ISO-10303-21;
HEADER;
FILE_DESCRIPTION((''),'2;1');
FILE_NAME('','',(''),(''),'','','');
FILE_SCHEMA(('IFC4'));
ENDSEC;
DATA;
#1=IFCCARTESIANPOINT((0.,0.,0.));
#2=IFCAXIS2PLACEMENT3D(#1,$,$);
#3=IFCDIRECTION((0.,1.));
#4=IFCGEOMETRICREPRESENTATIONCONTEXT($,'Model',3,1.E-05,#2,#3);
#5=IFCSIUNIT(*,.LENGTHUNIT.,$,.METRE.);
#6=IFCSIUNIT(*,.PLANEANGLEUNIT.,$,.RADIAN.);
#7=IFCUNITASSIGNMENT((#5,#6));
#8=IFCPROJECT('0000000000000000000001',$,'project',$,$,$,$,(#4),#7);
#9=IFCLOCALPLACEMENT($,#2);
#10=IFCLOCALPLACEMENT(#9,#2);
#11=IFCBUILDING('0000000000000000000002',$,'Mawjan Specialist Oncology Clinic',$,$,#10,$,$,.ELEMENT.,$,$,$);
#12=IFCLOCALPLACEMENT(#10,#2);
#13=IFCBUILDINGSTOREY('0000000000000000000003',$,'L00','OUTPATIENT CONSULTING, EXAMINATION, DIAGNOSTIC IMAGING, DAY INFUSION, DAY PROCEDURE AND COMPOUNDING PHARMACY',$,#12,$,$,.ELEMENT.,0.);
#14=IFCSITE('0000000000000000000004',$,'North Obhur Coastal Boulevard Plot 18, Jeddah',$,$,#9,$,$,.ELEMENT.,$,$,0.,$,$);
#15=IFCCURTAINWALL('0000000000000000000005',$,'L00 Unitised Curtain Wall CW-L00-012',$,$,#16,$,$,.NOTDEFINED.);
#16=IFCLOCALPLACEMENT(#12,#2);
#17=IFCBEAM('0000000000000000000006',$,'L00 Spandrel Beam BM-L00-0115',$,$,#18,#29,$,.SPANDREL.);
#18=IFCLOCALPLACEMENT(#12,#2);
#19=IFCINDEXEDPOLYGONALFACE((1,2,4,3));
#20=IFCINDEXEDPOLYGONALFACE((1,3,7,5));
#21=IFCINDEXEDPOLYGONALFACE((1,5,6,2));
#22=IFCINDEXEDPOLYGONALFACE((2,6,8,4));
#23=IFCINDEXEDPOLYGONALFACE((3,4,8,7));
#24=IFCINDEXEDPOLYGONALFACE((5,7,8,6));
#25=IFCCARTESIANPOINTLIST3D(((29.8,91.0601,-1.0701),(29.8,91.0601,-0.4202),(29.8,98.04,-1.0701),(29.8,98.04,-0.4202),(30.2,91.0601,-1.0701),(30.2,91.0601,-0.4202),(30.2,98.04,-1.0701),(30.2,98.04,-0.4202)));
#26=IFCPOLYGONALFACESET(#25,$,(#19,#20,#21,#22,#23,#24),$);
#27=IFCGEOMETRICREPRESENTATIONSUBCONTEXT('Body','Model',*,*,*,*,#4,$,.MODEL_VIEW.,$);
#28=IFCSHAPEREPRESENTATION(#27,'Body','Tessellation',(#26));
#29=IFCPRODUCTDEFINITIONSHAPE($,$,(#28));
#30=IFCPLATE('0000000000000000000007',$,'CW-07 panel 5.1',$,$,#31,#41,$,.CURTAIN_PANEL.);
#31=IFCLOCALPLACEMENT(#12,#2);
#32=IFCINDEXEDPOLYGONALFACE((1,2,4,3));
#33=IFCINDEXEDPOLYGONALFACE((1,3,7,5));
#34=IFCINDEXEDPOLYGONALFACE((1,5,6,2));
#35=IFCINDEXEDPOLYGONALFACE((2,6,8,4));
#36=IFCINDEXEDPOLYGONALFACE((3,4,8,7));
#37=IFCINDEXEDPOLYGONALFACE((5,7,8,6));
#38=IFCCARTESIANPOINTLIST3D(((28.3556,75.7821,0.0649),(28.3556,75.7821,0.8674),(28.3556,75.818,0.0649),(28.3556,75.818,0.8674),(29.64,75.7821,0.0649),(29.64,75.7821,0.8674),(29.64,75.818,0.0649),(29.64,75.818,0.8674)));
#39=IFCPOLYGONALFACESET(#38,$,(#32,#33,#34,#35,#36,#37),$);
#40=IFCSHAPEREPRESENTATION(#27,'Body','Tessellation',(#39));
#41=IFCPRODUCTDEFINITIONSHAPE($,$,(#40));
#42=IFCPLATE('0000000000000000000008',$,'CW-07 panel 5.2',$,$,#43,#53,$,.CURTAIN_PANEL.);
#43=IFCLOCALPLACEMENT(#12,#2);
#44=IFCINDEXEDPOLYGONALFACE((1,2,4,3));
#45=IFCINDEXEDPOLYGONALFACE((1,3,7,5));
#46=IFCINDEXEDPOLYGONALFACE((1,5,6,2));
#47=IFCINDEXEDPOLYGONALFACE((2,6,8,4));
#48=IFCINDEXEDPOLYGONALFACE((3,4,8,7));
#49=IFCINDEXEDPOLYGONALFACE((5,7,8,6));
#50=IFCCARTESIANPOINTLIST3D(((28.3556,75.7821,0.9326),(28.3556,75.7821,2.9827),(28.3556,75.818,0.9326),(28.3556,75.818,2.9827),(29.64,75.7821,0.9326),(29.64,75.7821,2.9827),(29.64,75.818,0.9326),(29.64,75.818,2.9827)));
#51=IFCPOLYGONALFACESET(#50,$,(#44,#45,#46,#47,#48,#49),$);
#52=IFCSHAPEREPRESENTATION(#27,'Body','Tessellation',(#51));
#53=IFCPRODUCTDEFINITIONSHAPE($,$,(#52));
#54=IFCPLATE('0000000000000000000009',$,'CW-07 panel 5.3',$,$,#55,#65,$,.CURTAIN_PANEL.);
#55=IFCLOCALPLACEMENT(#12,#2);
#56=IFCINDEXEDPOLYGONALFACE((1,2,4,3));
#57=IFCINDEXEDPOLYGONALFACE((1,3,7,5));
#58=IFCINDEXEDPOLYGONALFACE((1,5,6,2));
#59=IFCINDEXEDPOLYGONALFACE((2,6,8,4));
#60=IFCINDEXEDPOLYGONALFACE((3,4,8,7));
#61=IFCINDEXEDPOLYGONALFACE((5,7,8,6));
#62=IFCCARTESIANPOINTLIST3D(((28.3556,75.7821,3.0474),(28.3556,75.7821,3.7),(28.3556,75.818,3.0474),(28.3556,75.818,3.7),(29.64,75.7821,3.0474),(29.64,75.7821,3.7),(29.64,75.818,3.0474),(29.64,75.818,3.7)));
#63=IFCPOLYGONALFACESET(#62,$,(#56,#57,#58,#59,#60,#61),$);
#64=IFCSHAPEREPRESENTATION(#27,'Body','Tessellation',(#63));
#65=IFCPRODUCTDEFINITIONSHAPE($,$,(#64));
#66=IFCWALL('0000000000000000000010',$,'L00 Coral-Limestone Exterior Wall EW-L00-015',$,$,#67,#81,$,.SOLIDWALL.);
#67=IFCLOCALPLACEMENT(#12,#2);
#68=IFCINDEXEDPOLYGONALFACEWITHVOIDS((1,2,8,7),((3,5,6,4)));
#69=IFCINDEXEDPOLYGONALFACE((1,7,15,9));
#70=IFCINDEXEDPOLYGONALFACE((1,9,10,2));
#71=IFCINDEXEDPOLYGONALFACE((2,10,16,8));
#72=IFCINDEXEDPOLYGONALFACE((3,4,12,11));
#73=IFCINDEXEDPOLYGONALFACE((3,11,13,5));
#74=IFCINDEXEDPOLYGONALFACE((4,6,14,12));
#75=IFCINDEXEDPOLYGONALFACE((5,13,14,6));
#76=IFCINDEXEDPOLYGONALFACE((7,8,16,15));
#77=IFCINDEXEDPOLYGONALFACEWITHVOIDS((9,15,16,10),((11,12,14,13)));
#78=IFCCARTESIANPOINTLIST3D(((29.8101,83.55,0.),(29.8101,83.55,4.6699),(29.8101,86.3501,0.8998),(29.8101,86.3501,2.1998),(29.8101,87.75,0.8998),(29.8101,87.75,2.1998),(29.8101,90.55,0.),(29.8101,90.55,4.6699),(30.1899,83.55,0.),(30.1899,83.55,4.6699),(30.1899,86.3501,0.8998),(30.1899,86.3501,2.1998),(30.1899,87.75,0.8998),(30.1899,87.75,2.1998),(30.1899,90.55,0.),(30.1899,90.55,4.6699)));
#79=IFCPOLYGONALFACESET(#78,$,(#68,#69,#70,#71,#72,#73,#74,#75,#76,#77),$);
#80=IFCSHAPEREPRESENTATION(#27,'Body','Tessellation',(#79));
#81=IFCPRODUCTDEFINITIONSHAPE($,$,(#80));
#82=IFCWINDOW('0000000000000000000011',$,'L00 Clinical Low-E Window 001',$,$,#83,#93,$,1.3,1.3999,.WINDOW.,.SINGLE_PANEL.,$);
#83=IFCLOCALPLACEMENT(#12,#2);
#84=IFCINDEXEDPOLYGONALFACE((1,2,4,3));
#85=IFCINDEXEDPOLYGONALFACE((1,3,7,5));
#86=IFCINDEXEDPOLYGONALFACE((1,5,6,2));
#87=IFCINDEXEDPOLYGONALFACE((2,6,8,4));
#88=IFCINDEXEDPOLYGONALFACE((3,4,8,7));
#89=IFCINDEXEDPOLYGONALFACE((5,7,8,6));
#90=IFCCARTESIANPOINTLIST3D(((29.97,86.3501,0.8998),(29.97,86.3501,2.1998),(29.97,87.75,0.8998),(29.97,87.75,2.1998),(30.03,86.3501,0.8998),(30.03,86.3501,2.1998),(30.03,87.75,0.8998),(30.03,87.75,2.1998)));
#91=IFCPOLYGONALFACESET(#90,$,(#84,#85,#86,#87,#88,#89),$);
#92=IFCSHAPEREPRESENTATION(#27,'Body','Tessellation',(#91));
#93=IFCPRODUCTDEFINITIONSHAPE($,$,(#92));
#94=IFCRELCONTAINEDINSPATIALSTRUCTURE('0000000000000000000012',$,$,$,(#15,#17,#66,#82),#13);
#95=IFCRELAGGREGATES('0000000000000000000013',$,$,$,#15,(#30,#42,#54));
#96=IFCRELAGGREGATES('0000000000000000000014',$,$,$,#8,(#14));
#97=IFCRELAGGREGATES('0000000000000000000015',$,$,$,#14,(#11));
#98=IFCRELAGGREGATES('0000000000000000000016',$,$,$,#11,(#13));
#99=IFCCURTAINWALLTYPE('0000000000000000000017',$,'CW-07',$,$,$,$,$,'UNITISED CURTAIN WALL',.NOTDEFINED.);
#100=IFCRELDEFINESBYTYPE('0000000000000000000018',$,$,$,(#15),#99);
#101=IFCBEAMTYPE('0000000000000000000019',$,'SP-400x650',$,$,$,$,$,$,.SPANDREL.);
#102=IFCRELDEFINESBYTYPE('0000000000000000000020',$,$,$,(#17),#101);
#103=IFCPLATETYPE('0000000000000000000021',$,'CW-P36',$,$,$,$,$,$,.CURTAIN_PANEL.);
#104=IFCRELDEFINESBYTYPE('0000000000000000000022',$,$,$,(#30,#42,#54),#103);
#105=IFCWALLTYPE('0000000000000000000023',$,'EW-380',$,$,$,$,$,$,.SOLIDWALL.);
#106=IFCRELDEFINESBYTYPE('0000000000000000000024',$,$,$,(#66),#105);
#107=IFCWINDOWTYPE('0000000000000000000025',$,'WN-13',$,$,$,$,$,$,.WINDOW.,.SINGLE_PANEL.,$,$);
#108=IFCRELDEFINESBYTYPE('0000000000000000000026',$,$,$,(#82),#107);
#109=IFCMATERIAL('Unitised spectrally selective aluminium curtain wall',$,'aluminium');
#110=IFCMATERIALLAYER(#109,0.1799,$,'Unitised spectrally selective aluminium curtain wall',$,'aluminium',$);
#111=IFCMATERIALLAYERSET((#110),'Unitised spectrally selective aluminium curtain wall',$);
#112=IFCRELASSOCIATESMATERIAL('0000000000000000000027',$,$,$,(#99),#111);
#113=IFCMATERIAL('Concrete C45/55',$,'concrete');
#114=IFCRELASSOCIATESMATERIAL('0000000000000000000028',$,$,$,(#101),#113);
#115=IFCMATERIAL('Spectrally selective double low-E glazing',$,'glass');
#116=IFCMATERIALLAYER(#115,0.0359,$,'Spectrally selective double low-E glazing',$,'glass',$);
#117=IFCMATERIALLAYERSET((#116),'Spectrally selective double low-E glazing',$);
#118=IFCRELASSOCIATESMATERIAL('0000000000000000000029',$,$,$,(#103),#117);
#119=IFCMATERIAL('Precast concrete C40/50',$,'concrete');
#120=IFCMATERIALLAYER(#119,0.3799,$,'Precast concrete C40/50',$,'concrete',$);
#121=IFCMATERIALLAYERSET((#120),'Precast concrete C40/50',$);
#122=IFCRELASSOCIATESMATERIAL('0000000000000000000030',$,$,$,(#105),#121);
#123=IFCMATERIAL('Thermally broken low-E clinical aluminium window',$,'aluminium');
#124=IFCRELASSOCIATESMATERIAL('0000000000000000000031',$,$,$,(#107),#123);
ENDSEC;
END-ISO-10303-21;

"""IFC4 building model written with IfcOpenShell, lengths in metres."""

from ifc_helpers import new_model, si_unit, direction, frame, frame_2d, origin, origin_2d, place, context, subcontext, project, spatial, rectangle, extrude, material, layer, layer_set, material_profile, profile_set, type_object, element, fill, aggregate, save


model = new_model("IFC4")

# Units and contexts
model_context = context("Model", 3, precision=1e-05, world=origin(), true_north=direction((0.0, 1.0)))
body_context = subcontext(model_context, "Body", "Model", "MODEL_VIEW")
ifc_project = project(units=[si_unit("LENGTHUNIT", "METRE"), si_unit("PLANEANGLEUNIT", "RADIAN")], contexts=[model_context])

# Site, building, storey
site_placement = place(None, origin())
site = spatial("IfcSite", under=ifc_project, at=site_placement, Name="North Obhur Coastal Boulevard Plot 18, Jeddah", CompositionType="ELEMENT", RefElevation=0.0)
building_placement = place(site_placement, origin())
building = spatial("IfcBuilding", under=site, at=building_placement, Name="Mawjan Specialist Oncology Clinic", CompositionType="ELEMENT")
storey_placement = place(building_placement, origin())
storey = spatial("IfcBuildingStorey", under=building, at=storey_placement, Name="L00", Description="OUTPATIENT CONSULTING, EXAMINATION, DIAGNOSTIC IMAGING, DAY INFUSION, DAY PROCEDURE AND COMPOUNDING PHARMACY", CompositionType="ELEMENT", Elevation=0.0)

# Curtain wall
ifc_material_1 = material(Name="Unitised spectrally selective aluminium curtain wall", Category="aluminium")
ifc_layer_1 = layer(ifc_material_1, 0.1799, Name="Unitised spectrally selective aluminium curtain wall", Category="aluminium")
ifc_layer_set_1 = layer_set([ifc_layer_1], Name="Unitised spectrally selective aluminium curtain wall")
curtain_wall_type_1 = type_object("IfcCurtainWallType", Name="CW-07", ElementType="UNITISED CURTAIN WALL", PredefinedType="NOTDEFINED", material=ifc_layer_set_1)
curtain_wall_1_placement = place(storey_placement, origin())
curtain_wall_1 = element("IfcCurtainWall", 1, at=curtain_wall_1_placement, inside=storey, type_object=curtain_wall_type_1, Name="L00 Unitised Curtain Wall CW-L00-012", PredefinedType="NOTDEFINED")

# Beam
ifc_material_2 = material(Name="Concrete C45/55", Category="concrete")
ifc_material_profile_1 = material_profile(ifc_material_2, rectangle(XDim=0.3999, YDim=0.6499, at=origin_2d()), Name="RC BM 400x650", Category="concrete")
ifc_profile_set_1 = profile_set([ifc_material_profile_1], Name="Concrete C45/55")
beam_type = type_object("IfcBeamType", Name="SP-400x650", PredefinedType="SPANDREL", material=ifc_profile_set_1)
for number, where, z_axis, x_axis, name in (
    (2, (30.0, 91.0601, -0.7451), (0.0, 1.0, 0.0), (-1.0, 0.0, 0.0), "L00 Spandrel Beam BM-L00-0115"),
):
    element("IfcBeam", number, at=place(storey_placement, frame(where, z_axis=z_axis, x_axis=x_axis)), inside=storey, type_object=beam_type, Name=name, PredefinedType="SPANDREL", context=body_context, shape_type="SweptSolid", body=[
        extrude(rectangle(XDim=0.3999, YDim=0.6499, at=origin_2d()), origin(), (0.0, 0.0, 1.0), 6.98),
    ])

# Plates
ifc_material_3 = material(Name="Spectrally selective double low-E glazing", Category="glass")
ifc_layer_2 = layer(ifc_material_3, 0.0359, Name="Spectrally selective double low-E glazing", Category="glass")
ifc_layer_set_2 = layer_set([ifc_layer_2], Name="Spectrally selective double low-E glazing")
plate_type = type_object("IfcPlateType", Name="CW-P36", PredefinedType="CURTAIN_PANEL", material=ifc_layer_set_2)
plate_1_placement = place(storey_placement, frame((28.9978, 75.8, 0.0649), z_axis=(0.0, 0.0, 1.0), x_axis=(1.0, 0.0, 0.0)))
plate_1 = element("IfcPlate", 3, at=plate_1_placement, type_object=plate_type, Name="CW-07 panel 5.1", PredefinedType="CURTAIN_PANEL", context=body_context, shape_type="SweptSolid", body=[
    extrude(rectangle(XDim=1.2844, YDim=0.0359, at=origin_2d()), origin(), (0.0, 0.0, 1.0), 0.8025),
])
plate_2_placement = place(storey_placement, frame((28.9978, 75.8, 0.9326), z_axis=(0.0, 0.0, 1.0), x_axis=(1.0, 0.0, 0.0)))
plate_2 = element("IfcPlate", 4, at=plate_2_placement, type_object=plate_type, Name="CW-07 panel 5.2", PredefinedType="CURTAIN_PANEL", context=body_context, shape_type="SweptSolid", body=[
    extrude(rectangle(XDim=1.2844, YDim=0.0359, at=origin_2d()), origin(), (0.0, 0.0, 1.0), 2.05),
])
plate_3_placement = place(storey_placement, frame((28.9978, 75.8, 3.0474), z_axis=(0.0, 0.0, 1.0), x_axis=(1.0, 0.0, 0.0)))
plate_3 = element("IfcPlate", 5, at=plate_3_placement, type_object=plate_type, Name="CW-07 panel 5.3", PredefinedType="CURTAIN_PANEL", context=body_context, shape_type="SweptSolid", body=[
    extrude(rectangle(XDim=1.2844, YDim=0.0359, at=origin_2d()), origin(), (0.0, 0.0, 1.0), 0.6526),
])
aggregate(curtain_wall_1, [plate_1, plate_2, plate_3])

# Wall, opening, window
ifc_material_4 = material(Name="Precast concrete C40/50", Category="concrete")
ifc_layer_3 = layer(ifc_material_4, 0.3799, Name="Precast concrete C40/50", Category="concrete")
ifc_layer_set_3 = layer_set([ifc_layer_3], Name="Precast concrete C40/50")
wall_type = type_object("IfcWallType", Name="EW-380", PredefinedType="SOLIDWALL", material=ifc_layer_set_3)
wall_placement = place(storey_placement, frame((30.0, 83.55, 0.0), z_axis=(0.0, 0.0, 1.0), x_axis=(0.0, 1.0, 0.0)))
wall = element("IfcWall", 6, at=wall_placement, inside=storey, type_object=wall_type, Name="L00 Coral-Limestone Exterior Wall EW-L00-015", PredefinedType="SOLIDWALL", context=body_context, shape_type="SweptSolid", body=[
    extrude(rectangle(XDim=7.0, YDim=0.3799, at=frame_2d((3.5, 0.0))), origin(), (0.0, 0.0, 1.0), 4.6699),
])
opening_placement = place(wall_placement, frame((2.8, 0.0, 0.8999)))
opening = element("IfcOpeningElement", 7, at=opening_placement, cuts=wall, PredefinedType="OPENING", context=body_context, shape_type="SweptSolid", body=[
    extrude(rectangle(XDim=1.3999, YDim=1.3, at=frame_2d((0.7, 0.6499))), frame((0.0, 0.2019, 0.0), z_axis=(0.0, -1.0, 0.0), x_axis=(1.0, 0.0, 0.0)), (0.0, 0.0, 1.0), 0.4038),
])
ifc_material_5 = material(Name="Thermally broken low-E clinical aluminium window", Category="aluminium")
window_type = type_object("IfcWindowType", Name="WN-13", PartitioningType="SINGLE_PANEL", PredefinedType="WINDOW", material=ifc_material_5)
window_placement = place(opening_placement, origin())
window = element("IfcWindow", 8, at=window_placement, inside=storey, type_object=window_type, Name="L00 Clinical Low-E Window 001", OverallHeight=1.3, OverallWidth=1.3999, PartitioningType="SINGLE_PANEL", PredefinedType="WINDOW", context=body_context, shape_type="SweptSolid", body=[
    extrude(rectangle(XDim=1.3999, YDim=1.3, at=frame_2d((0.7, 0.6499))), frame((0.0, 0.03, 0.0), z_axis=(0.0, -1.0, 0.0), x_axis=(1.0, 0.0, 0.0)), (0.0, 0.0, 1.0), 0.0601),
])
fill(opening, window)

save(model, "model.ifc")
